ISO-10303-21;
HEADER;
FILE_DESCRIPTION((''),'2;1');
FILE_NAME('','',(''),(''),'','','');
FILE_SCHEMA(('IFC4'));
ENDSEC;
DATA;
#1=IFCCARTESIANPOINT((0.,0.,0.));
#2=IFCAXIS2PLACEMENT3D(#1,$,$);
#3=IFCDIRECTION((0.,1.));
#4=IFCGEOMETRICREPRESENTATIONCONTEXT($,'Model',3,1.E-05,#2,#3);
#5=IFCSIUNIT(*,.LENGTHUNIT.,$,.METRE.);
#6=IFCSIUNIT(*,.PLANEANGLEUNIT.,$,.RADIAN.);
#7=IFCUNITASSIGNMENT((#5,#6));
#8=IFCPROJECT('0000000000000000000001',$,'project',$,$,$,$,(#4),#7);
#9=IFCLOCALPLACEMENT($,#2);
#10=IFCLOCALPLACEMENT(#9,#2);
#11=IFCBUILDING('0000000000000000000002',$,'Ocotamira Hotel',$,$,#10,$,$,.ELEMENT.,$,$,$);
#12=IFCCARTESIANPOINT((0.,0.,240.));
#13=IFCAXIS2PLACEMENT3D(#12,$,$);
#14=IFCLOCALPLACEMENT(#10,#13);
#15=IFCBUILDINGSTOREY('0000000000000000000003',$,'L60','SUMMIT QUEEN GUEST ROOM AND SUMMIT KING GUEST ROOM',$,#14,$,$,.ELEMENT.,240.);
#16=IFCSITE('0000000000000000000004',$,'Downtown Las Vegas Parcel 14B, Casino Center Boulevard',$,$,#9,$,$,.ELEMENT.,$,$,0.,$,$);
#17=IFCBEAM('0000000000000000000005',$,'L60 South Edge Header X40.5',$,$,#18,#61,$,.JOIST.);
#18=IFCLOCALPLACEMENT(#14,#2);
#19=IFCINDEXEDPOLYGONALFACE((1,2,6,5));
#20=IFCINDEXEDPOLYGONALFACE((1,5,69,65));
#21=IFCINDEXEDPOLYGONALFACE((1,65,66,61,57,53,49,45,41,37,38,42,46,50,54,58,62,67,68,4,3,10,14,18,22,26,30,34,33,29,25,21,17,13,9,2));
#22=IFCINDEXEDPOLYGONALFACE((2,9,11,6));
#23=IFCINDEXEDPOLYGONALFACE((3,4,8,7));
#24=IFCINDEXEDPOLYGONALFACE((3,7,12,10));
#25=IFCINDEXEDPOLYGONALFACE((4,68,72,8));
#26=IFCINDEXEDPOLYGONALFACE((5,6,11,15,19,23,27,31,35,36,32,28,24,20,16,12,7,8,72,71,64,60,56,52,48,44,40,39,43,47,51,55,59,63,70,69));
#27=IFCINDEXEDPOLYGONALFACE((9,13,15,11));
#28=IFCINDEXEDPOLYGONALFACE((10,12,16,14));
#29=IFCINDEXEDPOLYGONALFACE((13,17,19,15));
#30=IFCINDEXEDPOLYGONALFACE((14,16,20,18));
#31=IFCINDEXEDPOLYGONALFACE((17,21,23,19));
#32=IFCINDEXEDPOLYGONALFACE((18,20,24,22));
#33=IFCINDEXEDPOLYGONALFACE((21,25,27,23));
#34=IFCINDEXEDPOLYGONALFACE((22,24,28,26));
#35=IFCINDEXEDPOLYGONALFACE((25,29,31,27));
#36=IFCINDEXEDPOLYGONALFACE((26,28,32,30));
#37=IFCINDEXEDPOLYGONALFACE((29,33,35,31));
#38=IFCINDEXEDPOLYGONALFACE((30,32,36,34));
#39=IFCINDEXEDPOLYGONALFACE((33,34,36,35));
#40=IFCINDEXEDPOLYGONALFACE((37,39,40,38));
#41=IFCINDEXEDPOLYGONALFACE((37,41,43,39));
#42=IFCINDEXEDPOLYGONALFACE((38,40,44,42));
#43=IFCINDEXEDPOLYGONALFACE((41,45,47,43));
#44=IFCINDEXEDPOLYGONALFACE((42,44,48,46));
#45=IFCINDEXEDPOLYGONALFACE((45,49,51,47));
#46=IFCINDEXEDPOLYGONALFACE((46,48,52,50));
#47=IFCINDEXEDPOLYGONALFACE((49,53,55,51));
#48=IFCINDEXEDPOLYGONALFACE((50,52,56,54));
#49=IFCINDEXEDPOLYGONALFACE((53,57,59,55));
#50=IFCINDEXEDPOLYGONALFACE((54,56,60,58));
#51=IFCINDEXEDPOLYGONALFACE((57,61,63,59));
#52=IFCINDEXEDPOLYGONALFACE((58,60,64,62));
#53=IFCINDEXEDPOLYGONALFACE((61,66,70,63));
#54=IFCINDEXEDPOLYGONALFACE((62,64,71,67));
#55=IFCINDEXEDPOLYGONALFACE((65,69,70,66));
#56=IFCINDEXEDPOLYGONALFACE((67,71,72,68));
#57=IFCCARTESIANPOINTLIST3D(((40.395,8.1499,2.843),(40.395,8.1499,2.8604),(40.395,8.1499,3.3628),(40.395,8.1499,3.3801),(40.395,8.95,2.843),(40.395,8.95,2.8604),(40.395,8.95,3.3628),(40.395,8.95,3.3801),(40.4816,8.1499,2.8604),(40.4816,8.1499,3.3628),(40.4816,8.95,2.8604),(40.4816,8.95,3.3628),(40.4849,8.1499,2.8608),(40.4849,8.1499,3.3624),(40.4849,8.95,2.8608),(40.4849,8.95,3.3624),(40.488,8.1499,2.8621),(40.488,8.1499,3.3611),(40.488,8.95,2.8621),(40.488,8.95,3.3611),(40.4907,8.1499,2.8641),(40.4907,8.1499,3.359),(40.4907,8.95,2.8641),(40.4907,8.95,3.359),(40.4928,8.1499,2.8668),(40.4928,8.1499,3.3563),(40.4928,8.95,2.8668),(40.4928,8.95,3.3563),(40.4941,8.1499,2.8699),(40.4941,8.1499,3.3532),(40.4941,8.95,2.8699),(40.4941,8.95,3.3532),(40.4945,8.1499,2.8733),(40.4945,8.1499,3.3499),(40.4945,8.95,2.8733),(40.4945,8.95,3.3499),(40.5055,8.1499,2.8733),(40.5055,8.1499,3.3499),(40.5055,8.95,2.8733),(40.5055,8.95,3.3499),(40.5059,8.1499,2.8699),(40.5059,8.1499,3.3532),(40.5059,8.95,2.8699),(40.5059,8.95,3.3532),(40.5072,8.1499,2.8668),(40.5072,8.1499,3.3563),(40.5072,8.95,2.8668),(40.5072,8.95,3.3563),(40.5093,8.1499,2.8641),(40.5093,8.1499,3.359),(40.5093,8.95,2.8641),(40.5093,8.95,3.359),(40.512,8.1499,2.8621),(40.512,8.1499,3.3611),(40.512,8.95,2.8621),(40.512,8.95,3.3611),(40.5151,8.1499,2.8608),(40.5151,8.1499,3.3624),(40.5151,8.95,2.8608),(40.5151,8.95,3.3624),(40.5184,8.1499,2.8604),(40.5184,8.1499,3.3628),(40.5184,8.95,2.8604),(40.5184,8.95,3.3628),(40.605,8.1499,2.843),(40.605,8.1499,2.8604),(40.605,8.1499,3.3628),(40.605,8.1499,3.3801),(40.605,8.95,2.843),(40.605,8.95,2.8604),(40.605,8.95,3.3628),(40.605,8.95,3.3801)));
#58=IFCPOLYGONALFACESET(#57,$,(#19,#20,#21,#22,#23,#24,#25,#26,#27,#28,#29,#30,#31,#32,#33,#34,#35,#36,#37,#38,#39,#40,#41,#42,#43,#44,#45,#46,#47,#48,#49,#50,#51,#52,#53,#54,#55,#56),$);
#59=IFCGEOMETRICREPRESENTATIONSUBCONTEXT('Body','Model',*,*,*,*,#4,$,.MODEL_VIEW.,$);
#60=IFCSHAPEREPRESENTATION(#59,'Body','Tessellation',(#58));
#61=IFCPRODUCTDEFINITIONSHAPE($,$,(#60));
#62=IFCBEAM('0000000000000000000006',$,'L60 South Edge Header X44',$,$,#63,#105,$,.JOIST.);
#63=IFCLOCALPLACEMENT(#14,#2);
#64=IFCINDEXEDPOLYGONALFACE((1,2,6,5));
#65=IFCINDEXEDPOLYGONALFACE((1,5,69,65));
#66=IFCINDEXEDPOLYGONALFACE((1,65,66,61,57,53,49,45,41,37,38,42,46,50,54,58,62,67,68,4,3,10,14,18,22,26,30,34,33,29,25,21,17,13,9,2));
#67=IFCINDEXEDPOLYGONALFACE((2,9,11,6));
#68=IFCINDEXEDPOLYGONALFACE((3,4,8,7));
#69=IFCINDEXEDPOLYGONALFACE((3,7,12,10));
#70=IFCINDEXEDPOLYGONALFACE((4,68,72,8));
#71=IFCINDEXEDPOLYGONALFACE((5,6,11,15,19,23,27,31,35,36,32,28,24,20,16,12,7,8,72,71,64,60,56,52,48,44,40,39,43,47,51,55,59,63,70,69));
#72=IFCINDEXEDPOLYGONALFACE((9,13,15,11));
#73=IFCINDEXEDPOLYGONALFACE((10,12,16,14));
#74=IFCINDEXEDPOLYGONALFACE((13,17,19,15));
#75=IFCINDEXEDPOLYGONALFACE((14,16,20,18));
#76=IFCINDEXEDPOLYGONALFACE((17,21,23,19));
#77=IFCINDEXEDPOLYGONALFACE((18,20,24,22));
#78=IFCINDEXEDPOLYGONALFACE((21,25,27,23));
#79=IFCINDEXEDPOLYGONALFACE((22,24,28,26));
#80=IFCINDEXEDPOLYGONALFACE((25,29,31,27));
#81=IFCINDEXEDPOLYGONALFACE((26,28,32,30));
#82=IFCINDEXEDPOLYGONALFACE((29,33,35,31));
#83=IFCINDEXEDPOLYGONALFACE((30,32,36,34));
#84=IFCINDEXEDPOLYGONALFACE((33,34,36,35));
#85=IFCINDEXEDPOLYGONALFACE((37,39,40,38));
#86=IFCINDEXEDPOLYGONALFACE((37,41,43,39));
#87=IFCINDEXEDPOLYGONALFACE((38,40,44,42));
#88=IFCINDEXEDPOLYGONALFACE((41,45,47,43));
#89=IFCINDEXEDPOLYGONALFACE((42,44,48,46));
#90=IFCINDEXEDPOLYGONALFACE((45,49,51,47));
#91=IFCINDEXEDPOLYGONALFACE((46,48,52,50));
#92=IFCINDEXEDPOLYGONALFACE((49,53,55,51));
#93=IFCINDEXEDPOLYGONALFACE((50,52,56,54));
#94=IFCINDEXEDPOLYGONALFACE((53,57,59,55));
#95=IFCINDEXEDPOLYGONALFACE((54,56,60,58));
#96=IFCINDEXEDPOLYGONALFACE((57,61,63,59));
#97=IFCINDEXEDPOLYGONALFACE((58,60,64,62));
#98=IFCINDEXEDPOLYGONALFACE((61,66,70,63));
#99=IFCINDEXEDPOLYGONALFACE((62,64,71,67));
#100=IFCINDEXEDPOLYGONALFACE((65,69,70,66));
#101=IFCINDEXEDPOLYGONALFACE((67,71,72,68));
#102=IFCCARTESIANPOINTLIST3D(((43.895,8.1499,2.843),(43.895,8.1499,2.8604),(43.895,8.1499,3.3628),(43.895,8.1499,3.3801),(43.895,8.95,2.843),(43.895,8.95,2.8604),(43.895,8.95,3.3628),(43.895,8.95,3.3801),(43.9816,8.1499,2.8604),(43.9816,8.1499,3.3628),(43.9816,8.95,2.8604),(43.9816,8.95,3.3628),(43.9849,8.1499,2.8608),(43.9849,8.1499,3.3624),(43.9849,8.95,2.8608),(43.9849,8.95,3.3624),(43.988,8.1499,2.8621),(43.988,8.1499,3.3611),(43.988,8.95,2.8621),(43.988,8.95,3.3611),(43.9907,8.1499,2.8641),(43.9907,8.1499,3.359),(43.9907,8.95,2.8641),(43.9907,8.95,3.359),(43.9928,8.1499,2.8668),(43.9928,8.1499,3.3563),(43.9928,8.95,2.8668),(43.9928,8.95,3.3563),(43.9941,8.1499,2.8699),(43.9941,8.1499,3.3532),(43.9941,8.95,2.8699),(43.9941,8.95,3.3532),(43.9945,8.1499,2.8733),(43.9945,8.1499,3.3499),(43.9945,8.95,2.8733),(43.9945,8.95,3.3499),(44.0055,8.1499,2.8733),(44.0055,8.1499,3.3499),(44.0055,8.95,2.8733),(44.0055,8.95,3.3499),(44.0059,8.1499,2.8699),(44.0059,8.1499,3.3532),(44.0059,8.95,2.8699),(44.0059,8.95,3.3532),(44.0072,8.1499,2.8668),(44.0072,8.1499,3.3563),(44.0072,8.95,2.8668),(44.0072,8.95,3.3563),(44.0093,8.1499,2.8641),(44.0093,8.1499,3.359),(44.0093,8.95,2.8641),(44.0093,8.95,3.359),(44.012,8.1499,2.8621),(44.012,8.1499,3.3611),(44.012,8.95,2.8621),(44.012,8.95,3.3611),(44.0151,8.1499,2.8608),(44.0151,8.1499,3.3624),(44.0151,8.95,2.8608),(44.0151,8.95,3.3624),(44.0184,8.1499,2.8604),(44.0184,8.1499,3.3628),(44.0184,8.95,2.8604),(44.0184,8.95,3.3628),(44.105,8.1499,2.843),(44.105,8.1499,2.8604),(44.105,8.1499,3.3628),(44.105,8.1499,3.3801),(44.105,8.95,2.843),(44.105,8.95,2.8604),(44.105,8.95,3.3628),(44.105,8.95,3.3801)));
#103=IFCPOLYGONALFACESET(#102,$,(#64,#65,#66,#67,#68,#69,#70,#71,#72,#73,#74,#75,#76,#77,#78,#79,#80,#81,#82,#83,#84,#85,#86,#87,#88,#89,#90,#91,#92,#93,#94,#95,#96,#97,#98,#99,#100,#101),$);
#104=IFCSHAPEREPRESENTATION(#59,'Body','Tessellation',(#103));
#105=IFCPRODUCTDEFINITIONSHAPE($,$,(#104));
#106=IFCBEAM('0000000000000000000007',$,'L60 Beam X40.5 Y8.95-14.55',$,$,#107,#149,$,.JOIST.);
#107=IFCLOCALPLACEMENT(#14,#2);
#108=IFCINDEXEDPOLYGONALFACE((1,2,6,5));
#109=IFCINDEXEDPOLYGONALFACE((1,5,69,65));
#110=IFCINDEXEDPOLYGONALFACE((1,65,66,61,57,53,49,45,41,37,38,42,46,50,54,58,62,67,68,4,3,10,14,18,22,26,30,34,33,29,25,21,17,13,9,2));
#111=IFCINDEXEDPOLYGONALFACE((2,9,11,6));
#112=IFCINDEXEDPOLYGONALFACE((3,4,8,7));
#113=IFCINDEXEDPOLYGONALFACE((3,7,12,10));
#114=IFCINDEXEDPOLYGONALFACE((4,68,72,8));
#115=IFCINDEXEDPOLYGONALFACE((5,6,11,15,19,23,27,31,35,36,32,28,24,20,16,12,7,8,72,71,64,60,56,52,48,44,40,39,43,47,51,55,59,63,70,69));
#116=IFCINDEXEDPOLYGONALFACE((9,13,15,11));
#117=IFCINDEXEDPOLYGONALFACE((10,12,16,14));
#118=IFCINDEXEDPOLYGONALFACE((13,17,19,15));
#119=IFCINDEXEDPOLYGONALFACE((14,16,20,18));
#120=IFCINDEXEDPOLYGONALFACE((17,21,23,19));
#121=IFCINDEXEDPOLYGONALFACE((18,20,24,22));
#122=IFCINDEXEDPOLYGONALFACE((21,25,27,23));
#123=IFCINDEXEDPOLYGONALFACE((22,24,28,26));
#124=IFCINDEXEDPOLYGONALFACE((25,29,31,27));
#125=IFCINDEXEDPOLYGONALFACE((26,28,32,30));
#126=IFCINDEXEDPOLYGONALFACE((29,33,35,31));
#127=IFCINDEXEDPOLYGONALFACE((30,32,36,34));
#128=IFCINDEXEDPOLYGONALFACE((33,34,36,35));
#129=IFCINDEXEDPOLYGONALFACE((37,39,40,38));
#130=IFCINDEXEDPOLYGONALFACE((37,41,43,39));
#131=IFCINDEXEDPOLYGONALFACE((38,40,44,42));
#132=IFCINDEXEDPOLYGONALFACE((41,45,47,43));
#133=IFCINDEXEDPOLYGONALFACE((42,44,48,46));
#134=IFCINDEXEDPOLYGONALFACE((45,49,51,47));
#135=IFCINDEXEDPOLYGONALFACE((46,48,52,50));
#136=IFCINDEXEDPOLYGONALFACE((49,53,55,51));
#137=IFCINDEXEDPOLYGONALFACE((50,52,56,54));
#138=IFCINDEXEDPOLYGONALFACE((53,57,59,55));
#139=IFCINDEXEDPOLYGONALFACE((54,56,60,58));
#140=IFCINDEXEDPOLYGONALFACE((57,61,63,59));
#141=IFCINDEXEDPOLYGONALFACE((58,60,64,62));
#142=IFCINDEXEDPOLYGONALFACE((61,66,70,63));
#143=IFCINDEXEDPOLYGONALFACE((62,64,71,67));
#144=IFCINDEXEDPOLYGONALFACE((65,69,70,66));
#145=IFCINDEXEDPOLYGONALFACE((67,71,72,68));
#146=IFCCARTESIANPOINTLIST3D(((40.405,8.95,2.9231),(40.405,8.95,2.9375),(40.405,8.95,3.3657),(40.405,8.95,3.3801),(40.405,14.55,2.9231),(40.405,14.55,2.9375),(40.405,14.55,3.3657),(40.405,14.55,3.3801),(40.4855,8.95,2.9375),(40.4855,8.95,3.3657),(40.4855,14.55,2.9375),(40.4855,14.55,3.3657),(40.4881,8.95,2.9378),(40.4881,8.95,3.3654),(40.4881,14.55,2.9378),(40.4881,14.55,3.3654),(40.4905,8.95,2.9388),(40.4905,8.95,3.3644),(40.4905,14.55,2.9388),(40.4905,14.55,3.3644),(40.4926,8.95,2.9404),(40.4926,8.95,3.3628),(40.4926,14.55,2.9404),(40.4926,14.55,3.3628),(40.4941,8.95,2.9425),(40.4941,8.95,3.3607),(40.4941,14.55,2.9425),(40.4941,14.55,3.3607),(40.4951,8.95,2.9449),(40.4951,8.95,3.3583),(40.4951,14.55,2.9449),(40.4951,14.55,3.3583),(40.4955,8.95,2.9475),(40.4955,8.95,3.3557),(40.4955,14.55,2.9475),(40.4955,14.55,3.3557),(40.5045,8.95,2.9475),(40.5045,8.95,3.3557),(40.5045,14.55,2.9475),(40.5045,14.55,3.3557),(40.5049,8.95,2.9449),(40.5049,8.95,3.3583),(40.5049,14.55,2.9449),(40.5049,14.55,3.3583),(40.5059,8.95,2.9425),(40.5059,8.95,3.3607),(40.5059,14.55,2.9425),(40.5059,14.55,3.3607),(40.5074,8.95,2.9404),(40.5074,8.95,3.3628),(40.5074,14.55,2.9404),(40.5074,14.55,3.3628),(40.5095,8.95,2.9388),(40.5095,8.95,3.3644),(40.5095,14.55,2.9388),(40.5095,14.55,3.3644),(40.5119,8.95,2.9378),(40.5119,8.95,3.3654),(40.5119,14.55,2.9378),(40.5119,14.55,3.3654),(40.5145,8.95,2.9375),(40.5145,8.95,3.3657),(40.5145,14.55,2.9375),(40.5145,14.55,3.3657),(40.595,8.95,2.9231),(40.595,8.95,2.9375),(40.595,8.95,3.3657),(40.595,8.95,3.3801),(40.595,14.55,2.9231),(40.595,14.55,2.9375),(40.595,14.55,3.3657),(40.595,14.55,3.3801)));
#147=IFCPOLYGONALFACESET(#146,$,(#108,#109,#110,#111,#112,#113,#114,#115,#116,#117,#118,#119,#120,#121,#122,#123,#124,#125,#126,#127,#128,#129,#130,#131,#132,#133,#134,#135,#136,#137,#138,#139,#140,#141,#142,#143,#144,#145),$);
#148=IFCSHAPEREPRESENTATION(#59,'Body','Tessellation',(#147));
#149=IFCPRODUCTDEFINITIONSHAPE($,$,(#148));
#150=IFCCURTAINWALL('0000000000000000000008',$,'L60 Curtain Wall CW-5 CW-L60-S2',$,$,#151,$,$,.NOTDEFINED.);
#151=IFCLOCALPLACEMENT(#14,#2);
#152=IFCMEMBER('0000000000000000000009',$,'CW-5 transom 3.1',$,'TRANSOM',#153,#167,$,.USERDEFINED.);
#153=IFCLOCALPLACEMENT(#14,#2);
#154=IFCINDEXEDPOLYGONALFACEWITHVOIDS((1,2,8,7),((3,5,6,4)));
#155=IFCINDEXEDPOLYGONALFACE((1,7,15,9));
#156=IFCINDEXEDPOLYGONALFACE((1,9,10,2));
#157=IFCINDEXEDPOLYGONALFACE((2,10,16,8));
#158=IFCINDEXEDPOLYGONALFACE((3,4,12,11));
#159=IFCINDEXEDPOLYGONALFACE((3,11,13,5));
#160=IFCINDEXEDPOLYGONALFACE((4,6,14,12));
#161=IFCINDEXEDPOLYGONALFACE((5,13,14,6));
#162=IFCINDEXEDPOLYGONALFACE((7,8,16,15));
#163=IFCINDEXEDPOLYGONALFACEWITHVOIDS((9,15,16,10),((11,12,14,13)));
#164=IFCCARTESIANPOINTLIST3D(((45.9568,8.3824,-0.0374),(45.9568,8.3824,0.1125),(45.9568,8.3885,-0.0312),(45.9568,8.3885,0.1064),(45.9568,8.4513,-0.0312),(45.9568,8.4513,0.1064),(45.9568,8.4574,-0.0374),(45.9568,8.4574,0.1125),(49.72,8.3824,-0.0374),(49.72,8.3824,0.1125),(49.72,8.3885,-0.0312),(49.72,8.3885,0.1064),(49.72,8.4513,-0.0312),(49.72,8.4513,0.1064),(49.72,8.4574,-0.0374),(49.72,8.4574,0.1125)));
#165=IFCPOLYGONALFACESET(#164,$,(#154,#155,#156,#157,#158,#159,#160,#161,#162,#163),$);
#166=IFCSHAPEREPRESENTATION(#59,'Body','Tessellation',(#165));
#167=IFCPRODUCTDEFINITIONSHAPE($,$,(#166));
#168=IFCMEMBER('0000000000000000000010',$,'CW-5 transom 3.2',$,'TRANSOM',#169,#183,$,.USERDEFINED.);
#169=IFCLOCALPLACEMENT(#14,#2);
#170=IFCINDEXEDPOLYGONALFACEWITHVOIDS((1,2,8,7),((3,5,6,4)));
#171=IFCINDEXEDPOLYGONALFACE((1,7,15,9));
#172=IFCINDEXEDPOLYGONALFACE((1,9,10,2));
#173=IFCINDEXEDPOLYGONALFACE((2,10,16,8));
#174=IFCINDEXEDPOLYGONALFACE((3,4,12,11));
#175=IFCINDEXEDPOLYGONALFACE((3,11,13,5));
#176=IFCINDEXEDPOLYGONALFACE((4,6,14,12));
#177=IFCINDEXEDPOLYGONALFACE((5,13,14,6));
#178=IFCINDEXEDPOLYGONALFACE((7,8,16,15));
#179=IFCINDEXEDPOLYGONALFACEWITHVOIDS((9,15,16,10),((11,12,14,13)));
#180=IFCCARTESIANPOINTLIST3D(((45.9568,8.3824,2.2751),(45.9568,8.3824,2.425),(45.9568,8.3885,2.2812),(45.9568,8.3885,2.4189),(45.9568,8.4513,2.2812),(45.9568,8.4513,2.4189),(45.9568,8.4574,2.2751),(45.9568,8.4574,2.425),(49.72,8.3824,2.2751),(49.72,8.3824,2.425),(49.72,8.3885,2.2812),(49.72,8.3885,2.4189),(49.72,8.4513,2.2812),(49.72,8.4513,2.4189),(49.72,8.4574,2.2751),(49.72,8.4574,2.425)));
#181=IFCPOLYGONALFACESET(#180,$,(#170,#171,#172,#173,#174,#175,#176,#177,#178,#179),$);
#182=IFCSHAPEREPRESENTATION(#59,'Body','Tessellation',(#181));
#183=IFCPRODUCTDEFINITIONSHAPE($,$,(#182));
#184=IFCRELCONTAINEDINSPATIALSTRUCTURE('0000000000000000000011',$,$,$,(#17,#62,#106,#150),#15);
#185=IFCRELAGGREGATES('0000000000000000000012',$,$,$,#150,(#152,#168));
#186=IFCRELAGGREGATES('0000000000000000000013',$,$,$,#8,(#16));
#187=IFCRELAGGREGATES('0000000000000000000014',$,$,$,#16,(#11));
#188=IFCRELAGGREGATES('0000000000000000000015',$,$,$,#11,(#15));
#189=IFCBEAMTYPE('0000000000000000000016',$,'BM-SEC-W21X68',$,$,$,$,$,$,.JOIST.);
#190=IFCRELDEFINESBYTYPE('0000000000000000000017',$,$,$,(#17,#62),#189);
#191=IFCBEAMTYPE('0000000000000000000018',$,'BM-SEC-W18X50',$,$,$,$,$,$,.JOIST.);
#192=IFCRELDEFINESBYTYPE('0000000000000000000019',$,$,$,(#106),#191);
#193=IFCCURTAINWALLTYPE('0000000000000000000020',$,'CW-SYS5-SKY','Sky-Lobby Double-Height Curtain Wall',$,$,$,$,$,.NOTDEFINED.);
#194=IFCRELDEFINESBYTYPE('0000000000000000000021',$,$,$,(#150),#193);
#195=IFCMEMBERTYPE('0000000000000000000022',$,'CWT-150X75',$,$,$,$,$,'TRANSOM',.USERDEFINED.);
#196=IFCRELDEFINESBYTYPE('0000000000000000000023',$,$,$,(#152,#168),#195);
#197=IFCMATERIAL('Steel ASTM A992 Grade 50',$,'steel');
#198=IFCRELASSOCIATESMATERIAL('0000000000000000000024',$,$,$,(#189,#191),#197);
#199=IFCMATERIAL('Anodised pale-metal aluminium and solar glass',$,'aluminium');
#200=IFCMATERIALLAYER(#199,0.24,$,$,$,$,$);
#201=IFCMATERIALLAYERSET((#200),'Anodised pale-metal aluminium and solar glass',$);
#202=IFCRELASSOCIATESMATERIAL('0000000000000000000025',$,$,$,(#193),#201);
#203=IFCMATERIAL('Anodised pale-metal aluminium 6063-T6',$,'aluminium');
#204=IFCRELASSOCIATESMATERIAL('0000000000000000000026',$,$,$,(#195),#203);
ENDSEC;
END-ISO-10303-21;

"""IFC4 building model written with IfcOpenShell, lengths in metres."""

from ifc_helpers import new_model, si_unit, direction, frame, origin, origin_2d, place, context, subcontext, project, spatial, hollow_rectangle, i_section, extrude, source, transform, mapped, material, layer, layer_set, material_profile, profile_set, type_object, element, aggregate, save


model = new_model("IFC4")

# Units and contexts
model_context = context("Model", 3, precision=1e-05, world=origin(), true_north=direction((0.0, 1.0)))
body_context = subcontext(model_context, "Body", "Model", "MODEL_VIEW")
ifc_project = project(units=[si_unit("LENGTHUNIT", "METRE"), si_unit("PLANEANGLEUNIT", "RADIAN")], contexts=[model_context])

# Site, building, storey
site_placement = place(None, origin())
site = spatial("IfcSite", under=ifc_project, at=site_placement, Name="Downtown Las Vegas Parcel 14B, Casino Center Boulevard", CompositionType="ELEMENT", RefElevation=0.0)
building_placement = place(site_placement, origin())
building = spatial("IfcBuilding", under=site, at=building_placement, Name="Ocotamira Hotel", CompositionType="ELEMENT")
storey_placement = place(building_placement, frame((0.0, 0.0, 240.0)))
storey = spatial("IfcBuildingStorey", under=building, at=storey_placement, Name="L60", Description="SUMMIT QUEEN GUEST ROOM AND SUMMIT KING GUEST ROOM", CompositionType="ELEMENT", Elevation=240.0)

# Shared definitions
ifc_material_1 = material(Name="Steel ASTM A992 Grade 50", Category="steel")

# Beams
ifc_material_profile_1 = material_profile(ifc_material_1, i_section(OverallWidth=0.21, OverallDepth=0.5371, WebThickness=0.011, FlangeThickness=0.0173, FilletRadius=0.0129, at=origin_2d()), Name="W21X68")
ifc_profile_set_1 = profile_set([ifc_material_profile_1], Name="Steel ASTM A992 Grade 50")
beam_type_1 = type_object("IfcBeamType", Name="BM-SEC-W21X68", PredefinedType="JOIST", material=ifc_profile_set_1)
shared_shape_1 = source(origin(), body_context, "Body", "SweptSolid", [
    extrude(i_section(OverallWidth=0.21, OverallDepth=0.5371, WebThickness=0.011, FlangeThickness=0.0173, FilletRadius=0.0129, at=origin_2d()), origin(), (0.0, 0.0, 1.0), 0.8),
])
for number, where, z_axis, x_axis, name in (
    (1, (40.5, 8.95, 3.1116), (0.0, -1.0, 0.0), (1.0, 0.0, 0.0), "L60 South Edge Header X40.5"),
    (2, (44.0, 8.95, 3.1116), (0.0, -1.0, 0.0), (1.0, 0.0, 0.0), "L60 South Edge Header X44"),
):
    element("IfcBeam", number, at=place(storey_placement, frame(where, z_axis=z_axis, x_axis=x_axis)), inside=storey, type_object=beam_type_1, Name=name, PredefinedType="JOIST", context=body_context, shape_type="MappedRepresentation", body=[
        mapped(shared_shape_1, transform((0.0, 0.0, 0.0), scale=1.0)),
    ])
ifc_material_profile_2 = material_profile(ifc_material_1, i_section(OverallWidth=0.1899, OverallDepth=0.457, WebThickness=0.009, FlangeThickness=0.0144, FilletRadius=0.01, at=origin_2d()), Name="W18X50")
ifc_profile_set_2 = profile_set([ifc_material_profile_2], Name="Steel ASTM A992 Grade 50")
beam_type_2 = type_object("IfcBeamType", Name="BM-SEC-W18X50", PredefinedType="JOIST", material=ifc_profile_set_2)
shared_shape_2 = source(origin(), body_context, "Body", "SweptSolid", [
    extrude(i_section(OverallWidth=0.1899, OverallDepth=0.457, WebThickness=0.009, FlangeThickness=0.0144, FilletRadius=0.01, at=origin_2d()), origin(), (0.0, 0.0, 1.0), 5.6001),
])
beam_1_placement = place(storey_placement, frame((40.5, 8.95, 3.1516), z_axis=(0.0, 1.0, 0.0), x_axis=(-1.0, 0.0, 0.0)))
element("IfcBeam", 3, at=beam_1_placement, inside=storey, type_object=beam_type_2, Name="L60 Beam X40.5 Y8.95-14.55", PredefinedType="JOIST", context=body_context, shape_type="MappedRepresentation", body=[
    mapped(shared_shape_2, transform((0.0, 0.0, 0.0), scale=1.0)),
])

# Curtain wall, members
ifc_material_2 = material(Name="Anodised pale-metal aluminium and solar glass", Category="aluminium")
ifc_layer_1 = layer(ifc_material_2, 0.24)
ifc_layer_set_1 = layer_set([ifc_layer_1], Name="Anodised pale-metal aluminium and solar glass")
curtain_wall_type = type_object("IfcCurtainWallType", Name="CW-SYS5-SKY", Description="Sky-Lobby Double-Height Curtain Wall", PredefinedType="NOTDEFINED", material=ifc_layer_set_1)
curtain_wall_placement = place(storey_placement, origin())
curtain_wall = element("IfcCurtainWall", 4, at=curtain_wall_placement, inside=storey, type_object=curtain_wall_type, Name="L60 Curtain Wall CW-5 CW-L60-S2", PredefinedType="NOTDEFINED")
ifc_material_3 = material(Name="Anodised pale-metal aluminium 6063-T6", Category="aluminium")
ifc_material_profile_3 = material_profile(ifc_material_3, hollow_rectangle(XDim=0.075, YDim=0.1499, WallThickness=0.0061, at=origin_2d()), Name="HSS150X75X6")
ifc_profile_set_3 = profile_set([ifc_material_profile_3], Name="Anodised pale-metal aluminium 6063-T6")
member_type = type_object("IfcMemberType", Name="CWT-150X75", ElementType="TRANSOM", PredefinedType="USERDEFINED", material=ifc_profile_set_3)
shared_shape_3 = source(origin(), body_context, "Body", "SweptSolid", [
    extrude(hollow_rectangle(XDim=0.075, YDim=0.1499, WallThickness=0.0061, at=origin_2d()), origin(), (0.0, 0.0, 1.0), 3.7632),
])
member_1_placement = place(storey_placement, frame((45.9568, 8.4199, 0.0376), z_axis=(1.0, 0.0, 0.0), x_axis=(0.0, 1.0, 0.0)))
member_1 = element("IfcMember", 5, at=member_1_placement, type_object=member_type, Name="CW-5 transom 3.1", ObjectType="TRANSOM", PredefinedType="USERDEFINED", context=body_context, shape_type="MappedRepresentation", body=[
    mapped(shared_shape_3, transform((0.0, 0.0, 0.0), scale=1.0)),
])
member_2_placement = place(storey_placement, frame((45.9568, 8.4199, 2.3501), z_axis=(1.0, 0.0, 0.0), x_axis=(0.0, 1.0, 0.0)))
member_2 = element("IfcMember", 6, at=member_2_placement, type_object=member_type, Name="CW-5 transom 3.2", ObjectType="TRANSOM", PredefinedType="USERDEFINED", context=body_context, shape_type="MappedRepresentation", body=[
    mapped(shared_shape_3, transform((0.0, 0.0, 0.0), scale=1.0)),
])
aggregate(curtain_wall, [member_1, member_2])

save(model, "model.ifc")
